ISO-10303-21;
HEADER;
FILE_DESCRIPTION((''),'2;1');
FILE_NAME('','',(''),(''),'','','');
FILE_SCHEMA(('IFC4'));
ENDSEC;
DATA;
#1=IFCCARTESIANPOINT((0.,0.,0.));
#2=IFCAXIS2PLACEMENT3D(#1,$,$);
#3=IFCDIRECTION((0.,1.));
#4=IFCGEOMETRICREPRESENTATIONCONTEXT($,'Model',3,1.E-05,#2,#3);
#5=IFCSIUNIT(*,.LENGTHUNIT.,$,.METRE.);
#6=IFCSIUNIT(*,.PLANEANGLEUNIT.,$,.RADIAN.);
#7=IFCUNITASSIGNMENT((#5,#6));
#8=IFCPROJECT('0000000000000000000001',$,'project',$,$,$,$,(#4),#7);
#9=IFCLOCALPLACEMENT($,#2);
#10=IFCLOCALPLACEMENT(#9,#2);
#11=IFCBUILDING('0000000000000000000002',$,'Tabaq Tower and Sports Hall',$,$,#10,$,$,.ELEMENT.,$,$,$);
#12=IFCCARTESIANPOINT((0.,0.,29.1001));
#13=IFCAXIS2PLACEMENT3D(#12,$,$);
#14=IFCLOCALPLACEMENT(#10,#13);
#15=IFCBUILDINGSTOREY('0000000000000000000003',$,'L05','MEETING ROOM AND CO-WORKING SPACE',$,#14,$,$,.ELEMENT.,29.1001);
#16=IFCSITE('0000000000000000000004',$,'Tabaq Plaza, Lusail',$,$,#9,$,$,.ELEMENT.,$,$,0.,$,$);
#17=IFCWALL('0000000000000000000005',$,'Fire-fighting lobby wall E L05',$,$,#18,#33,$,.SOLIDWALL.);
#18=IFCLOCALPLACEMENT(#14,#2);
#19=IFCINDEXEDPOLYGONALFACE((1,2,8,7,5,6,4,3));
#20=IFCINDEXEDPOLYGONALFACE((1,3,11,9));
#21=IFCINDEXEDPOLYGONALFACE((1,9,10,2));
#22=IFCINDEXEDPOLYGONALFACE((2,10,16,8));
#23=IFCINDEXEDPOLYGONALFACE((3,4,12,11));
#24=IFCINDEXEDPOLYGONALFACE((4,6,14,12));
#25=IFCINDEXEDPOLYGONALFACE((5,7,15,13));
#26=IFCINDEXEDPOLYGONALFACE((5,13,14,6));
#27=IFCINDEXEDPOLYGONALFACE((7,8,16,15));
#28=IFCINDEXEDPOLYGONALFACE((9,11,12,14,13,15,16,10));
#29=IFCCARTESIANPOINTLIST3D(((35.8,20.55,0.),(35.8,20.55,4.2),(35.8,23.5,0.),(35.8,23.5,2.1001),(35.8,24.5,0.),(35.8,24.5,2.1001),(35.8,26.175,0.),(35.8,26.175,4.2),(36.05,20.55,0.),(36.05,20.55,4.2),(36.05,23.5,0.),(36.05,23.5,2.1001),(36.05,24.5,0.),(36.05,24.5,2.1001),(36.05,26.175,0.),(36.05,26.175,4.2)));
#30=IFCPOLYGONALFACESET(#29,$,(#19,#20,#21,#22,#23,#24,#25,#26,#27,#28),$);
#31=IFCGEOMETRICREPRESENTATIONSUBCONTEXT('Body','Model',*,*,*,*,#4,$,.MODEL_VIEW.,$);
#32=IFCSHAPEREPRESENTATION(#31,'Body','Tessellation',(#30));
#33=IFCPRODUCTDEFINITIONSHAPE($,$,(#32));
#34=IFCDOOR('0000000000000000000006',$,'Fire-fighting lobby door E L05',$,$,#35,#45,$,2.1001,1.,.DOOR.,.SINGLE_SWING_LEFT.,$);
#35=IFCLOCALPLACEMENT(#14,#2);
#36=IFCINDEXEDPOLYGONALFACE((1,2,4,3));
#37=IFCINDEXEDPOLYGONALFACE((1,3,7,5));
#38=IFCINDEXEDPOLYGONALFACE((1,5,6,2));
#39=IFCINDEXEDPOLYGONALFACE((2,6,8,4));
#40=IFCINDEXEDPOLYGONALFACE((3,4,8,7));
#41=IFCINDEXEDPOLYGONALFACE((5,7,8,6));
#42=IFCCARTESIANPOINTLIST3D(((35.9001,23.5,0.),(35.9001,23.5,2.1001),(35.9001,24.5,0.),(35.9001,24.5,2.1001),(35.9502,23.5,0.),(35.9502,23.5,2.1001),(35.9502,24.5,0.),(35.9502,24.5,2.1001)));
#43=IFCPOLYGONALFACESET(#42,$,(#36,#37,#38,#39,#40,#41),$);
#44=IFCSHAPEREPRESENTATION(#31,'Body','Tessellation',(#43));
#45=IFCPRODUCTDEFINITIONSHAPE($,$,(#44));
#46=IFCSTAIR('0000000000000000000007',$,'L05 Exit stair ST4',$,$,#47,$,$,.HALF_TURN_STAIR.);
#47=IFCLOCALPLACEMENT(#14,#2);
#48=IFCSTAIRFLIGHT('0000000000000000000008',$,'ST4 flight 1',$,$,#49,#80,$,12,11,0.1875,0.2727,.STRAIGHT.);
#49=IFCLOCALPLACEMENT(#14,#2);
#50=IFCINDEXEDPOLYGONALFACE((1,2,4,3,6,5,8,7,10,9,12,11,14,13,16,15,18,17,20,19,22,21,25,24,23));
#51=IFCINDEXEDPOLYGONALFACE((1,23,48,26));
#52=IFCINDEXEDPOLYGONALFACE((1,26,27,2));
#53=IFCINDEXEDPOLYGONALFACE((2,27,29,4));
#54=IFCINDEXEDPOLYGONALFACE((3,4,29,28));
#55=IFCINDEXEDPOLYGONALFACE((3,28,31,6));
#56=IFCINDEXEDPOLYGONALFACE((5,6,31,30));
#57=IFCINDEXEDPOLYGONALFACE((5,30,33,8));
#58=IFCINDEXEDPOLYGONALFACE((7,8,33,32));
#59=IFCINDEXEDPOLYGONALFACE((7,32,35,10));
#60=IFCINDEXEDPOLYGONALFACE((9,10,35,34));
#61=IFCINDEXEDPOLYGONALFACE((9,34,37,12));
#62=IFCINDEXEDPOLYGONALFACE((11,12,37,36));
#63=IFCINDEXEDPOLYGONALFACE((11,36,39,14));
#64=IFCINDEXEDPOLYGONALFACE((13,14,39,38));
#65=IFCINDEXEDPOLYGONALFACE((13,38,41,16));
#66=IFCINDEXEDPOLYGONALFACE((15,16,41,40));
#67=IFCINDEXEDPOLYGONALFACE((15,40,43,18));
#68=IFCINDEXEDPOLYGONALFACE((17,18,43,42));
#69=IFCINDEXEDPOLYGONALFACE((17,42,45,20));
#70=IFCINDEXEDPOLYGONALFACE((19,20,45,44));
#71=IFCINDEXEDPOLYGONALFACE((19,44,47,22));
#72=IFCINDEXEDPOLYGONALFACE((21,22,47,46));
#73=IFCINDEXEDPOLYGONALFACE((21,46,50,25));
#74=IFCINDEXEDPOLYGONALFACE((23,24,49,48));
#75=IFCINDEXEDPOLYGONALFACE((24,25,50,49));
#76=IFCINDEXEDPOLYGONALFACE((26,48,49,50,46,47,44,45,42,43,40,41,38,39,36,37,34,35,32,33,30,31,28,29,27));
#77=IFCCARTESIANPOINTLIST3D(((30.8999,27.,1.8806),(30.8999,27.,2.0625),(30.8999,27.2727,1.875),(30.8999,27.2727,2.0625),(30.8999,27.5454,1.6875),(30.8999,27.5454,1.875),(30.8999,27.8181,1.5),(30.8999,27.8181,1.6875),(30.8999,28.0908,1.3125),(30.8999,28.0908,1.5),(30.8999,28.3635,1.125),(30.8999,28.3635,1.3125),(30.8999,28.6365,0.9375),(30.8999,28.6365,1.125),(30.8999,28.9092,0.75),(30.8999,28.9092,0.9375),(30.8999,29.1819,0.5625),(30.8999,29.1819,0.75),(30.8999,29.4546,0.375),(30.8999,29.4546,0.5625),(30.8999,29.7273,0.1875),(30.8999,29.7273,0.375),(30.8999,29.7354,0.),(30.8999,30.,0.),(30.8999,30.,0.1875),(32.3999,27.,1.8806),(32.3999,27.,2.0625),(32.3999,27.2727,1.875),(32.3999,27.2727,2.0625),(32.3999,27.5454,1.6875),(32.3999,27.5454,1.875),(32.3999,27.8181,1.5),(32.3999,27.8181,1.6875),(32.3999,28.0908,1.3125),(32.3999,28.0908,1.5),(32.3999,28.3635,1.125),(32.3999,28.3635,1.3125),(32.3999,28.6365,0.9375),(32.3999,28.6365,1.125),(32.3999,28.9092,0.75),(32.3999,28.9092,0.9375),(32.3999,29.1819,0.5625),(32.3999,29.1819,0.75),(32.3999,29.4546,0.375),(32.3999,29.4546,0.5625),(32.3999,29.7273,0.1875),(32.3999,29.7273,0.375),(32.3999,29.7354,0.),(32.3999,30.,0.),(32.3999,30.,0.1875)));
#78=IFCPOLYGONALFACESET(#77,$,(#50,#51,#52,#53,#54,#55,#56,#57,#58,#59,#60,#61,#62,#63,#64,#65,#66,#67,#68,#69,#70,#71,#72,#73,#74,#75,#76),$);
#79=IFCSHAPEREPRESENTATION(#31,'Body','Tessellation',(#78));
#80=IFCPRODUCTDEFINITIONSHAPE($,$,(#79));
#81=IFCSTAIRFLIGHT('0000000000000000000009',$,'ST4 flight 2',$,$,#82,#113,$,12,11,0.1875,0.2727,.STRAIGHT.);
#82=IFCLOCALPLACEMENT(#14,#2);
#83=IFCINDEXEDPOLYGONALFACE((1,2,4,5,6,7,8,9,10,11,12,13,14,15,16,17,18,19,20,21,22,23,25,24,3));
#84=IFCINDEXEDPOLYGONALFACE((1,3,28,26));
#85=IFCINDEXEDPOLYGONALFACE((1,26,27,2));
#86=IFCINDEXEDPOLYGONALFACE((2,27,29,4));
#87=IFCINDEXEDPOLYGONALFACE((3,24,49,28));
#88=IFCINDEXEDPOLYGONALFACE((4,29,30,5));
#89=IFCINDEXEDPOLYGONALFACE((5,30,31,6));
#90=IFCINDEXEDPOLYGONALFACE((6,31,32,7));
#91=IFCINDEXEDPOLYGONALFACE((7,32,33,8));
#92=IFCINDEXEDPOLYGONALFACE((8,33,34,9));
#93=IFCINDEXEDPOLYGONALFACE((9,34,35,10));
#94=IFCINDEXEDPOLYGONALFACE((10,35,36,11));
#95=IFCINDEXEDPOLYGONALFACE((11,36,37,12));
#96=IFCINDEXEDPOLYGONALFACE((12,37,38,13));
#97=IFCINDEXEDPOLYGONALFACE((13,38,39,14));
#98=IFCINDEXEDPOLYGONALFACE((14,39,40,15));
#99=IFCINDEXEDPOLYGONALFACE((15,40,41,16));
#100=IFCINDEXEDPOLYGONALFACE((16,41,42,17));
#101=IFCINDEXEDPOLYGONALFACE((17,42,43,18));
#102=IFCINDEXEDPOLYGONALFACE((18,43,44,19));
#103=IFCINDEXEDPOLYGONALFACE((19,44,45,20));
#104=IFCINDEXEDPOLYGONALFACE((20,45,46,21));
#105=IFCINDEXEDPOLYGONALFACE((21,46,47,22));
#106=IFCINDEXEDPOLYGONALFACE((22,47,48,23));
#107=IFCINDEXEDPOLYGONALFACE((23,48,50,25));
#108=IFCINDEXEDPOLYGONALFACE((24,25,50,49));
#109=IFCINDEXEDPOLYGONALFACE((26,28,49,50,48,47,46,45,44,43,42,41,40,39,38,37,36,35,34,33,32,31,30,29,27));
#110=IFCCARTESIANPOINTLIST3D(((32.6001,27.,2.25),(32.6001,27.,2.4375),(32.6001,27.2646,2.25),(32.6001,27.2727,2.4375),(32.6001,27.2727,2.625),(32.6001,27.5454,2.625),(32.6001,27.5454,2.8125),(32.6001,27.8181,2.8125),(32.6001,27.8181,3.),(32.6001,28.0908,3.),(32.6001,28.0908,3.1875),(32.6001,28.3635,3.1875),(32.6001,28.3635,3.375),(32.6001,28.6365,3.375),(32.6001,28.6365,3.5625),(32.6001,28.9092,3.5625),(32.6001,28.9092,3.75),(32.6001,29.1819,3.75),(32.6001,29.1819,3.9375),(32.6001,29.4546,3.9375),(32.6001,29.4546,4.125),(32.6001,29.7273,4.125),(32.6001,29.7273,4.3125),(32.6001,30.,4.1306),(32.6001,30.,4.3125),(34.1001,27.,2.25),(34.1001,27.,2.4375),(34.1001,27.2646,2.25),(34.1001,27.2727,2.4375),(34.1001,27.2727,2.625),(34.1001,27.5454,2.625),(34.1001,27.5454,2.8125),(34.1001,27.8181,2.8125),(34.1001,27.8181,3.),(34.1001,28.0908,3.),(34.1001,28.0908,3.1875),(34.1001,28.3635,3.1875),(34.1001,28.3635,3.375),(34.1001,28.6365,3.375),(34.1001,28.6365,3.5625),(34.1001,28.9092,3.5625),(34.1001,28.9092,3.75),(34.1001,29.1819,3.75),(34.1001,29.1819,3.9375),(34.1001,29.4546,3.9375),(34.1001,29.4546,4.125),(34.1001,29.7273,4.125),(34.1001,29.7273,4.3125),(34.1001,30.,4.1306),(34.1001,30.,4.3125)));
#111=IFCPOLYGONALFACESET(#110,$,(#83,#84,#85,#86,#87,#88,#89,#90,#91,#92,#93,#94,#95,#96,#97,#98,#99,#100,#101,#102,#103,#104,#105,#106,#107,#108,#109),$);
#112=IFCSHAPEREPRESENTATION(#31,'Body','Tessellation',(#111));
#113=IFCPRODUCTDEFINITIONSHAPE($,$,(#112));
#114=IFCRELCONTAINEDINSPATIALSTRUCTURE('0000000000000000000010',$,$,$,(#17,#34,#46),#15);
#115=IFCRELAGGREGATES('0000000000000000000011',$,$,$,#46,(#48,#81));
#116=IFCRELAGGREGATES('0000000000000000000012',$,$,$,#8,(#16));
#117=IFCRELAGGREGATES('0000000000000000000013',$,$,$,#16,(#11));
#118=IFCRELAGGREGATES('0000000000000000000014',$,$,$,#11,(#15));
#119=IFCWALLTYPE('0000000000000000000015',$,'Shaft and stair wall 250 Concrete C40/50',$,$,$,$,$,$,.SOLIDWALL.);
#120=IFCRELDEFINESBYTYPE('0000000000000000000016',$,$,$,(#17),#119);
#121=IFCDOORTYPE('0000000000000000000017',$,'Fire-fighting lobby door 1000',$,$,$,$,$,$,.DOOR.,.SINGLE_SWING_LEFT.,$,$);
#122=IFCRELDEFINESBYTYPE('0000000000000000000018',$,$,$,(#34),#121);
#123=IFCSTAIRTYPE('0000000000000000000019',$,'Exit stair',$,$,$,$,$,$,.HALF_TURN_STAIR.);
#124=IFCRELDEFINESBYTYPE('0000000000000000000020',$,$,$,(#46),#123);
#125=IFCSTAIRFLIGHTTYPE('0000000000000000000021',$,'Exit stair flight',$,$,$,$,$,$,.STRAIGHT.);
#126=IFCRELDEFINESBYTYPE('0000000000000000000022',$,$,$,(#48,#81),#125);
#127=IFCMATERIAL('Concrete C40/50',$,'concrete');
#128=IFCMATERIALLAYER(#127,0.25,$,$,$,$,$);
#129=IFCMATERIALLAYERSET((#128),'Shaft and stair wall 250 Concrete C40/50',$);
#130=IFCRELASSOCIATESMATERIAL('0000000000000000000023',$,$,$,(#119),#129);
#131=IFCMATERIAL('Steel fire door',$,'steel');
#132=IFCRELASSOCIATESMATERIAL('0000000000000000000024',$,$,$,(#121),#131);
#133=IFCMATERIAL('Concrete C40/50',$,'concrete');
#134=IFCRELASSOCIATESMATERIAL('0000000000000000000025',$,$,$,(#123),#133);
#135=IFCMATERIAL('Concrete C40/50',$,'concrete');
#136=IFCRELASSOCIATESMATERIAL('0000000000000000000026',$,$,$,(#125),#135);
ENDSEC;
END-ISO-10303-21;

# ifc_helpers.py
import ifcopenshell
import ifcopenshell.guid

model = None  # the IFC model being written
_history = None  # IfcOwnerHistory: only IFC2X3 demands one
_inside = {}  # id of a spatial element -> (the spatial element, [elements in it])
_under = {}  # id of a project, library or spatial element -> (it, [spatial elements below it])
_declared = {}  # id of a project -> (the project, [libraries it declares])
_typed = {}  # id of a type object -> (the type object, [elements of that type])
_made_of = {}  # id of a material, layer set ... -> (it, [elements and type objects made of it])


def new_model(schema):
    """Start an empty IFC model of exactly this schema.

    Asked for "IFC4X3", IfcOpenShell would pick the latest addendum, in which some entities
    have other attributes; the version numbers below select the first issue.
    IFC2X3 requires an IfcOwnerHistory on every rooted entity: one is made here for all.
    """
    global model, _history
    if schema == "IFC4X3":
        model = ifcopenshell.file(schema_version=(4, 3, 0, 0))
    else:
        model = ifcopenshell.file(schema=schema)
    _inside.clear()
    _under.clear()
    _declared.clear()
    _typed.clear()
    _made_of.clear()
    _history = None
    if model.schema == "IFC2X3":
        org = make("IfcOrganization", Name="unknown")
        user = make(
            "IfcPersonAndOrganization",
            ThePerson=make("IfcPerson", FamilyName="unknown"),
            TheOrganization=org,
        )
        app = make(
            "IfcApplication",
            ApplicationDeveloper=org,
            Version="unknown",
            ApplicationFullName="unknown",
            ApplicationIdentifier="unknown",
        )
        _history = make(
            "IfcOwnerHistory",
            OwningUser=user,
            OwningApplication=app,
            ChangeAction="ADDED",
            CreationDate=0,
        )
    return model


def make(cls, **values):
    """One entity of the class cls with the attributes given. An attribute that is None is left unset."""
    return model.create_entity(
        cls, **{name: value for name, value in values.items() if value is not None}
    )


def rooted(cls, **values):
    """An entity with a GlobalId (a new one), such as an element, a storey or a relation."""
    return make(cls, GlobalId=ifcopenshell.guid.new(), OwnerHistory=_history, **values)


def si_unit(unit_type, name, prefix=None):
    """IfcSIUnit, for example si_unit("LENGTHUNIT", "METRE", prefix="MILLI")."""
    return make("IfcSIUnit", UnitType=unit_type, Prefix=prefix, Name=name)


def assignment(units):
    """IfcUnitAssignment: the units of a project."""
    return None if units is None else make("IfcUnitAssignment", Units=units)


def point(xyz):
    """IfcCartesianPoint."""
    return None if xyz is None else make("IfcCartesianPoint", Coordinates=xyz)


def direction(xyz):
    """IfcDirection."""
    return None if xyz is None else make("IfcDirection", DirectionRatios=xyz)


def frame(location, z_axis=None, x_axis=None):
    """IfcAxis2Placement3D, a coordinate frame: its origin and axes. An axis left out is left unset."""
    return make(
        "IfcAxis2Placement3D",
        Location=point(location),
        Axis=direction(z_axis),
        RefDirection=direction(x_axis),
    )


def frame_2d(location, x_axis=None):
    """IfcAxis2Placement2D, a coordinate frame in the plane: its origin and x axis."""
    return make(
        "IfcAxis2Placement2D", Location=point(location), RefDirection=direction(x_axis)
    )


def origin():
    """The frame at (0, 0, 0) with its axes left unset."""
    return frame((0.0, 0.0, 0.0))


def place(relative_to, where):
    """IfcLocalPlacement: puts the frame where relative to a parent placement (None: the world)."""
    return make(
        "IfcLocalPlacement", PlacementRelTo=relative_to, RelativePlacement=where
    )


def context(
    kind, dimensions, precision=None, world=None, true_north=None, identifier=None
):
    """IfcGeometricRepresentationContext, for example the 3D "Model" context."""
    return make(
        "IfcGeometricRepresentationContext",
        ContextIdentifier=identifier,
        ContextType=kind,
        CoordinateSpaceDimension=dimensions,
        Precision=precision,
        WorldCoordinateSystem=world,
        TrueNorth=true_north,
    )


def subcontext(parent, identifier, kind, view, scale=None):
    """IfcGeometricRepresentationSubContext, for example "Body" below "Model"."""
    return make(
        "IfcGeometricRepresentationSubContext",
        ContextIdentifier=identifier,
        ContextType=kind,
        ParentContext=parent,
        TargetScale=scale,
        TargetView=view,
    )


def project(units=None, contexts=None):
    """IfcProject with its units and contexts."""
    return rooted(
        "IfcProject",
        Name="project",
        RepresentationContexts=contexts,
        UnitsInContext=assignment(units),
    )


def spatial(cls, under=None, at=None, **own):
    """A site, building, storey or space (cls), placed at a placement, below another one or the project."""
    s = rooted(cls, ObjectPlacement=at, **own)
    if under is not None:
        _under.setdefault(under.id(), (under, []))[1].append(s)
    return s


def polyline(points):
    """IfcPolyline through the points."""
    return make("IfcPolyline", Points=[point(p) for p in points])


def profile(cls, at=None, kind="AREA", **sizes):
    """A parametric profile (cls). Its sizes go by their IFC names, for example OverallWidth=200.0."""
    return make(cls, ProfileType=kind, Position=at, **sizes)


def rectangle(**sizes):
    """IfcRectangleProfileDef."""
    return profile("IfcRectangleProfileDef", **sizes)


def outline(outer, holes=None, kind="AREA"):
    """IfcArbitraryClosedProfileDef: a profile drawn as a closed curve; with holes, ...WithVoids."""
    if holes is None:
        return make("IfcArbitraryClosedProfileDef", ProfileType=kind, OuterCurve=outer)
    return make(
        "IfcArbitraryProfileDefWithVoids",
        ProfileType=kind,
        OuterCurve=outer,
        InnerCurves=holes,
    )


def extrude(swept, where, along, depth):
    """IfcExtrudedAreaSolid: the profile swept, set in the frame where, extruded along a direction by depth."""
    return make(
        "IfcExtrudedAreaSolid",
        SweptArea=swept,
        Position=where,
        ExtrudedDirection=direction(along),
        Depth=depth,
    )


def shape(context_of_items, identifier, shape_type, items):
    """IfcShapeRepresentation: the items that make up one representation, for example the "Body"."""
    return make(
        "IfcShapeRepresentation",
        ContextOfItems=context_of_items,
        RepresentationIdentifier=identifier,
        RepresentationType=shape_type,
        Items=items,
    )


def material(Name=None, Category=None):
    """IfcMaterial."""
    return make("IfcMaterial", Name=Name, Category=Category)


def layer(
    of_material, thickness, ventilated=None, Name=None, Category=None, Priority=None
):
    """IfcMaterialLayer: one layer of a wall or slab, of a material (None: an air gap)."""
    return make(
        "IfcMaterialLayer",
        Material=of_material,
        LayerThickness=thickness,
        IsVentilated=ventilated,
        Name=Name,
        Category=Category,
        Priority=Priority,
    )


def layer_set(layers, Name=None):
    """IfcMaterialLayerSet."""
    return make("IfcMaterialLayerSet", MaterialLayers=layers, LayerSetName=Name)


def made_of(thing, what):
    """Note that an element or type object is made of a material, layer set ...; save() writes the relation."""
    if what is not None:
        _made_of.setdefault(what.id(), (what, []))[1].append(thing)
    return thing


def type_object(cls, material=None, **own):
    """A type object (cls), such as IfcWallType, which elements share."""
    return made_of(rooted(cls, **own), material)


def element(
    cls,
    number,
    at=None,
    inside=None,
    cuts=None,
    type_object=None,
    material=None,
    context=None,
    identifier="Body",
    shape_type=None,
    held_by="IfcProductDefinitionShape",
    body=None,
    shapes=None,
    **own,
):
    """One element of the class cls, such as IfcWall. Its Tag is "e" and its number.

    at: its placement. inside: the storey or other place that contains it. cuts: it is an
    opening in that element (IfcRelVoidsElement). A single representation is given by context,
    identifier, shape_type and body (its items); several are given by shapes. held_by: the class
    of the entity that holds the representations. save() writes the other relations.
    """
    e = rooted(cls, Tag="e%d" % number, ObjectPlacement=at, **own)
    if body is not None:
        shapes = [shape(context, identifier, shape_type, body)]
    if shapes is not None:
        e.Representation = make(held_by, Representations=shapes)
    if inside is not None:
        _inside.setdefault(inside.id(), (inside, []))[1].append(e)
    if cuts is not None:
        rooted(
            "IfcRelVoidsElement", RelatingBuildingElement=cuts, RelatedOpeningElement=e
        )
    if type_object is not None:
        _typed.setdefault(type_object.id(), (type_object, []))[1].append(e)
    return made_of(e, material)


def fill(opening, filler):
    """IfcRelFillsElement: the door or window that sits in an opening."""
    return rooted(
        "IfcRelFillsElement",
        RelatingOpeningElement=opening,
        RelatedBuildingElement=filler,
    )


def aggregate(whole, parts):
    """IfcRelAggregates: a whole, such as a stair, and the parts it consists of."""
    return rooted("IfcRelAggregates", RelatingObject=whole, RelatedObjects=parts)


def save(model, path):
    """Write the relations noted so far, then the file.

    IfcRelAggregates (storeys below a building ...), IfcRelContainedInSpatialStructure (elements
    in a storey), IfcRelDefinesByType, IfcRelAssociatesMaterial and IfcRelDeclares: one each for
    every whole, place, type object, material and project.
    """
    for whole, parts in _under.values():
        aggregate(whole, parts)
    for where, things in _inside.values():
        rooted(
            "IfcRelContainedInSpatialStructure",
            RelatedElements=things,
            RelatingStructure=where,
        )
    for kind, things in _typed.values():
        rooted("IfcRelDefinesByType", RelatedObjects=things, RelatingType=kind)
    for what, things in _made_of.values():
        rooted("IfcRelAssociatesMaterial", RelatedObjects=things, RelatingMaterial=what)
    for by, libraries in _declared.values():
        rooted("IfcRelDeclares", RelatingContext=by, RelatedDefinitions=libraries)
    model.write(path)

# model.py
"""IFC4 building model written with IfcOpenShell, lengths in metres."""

from ifc_helpers import new_model, si_unit, direction, frame, frame_2d, origin, place, context, subcontext, project, spatial, polyline, rectangle, outline, extrude, material, layer, layer_set, type_object, element, fill, aggregate, save


model = new_model("IFC4")

# Units and contexts
model_context = context("Model", 3, precision=1e-05, world=origin(), true_north=direction((0.0, 1.0)))
body_context = subcontext(model_context, "Body", "Model", "MODEL_VIEW")
ifc_project = project(units=[si_unit("LENGTHUNIT", "METRE"), si_unit("PLANEANGLEUNIT", "RADIAN")], contexts=[model_context])

# Site, building, storey
site_placement = place(None, origin())
site = spatial("IfcSite", under=ifc_project, at=site_placement, Name="Tabaq Plaza, Lusail", CompositionType="ELEMENT", RefElevation=0.0)
building_placement = place(site_placement, origin())
building = spatial("IfcBuilding", under=site, at=building_placement, Name="Tabaq Tower and Sports Hall", CompositionType="ELEMENT")
storey_placement = place(building_placement, frame((0.0, 0.0, 29.1001)))
storey = spatial("IfcBuildingStorey", under=building, at=storey_placement, Name="L05", Description="MEETING ROOM AND CO-WORKING SPACE", CompositionType="ELEMENT", Elevation=29.1001)

# Shared definitions
ifc_material_1 = material(Name="Concrete C40/50", Category="concrete")
ifc_layer_1 = layer(ifc_material_1, 0.25)
ifc_layer_set_1 = layer_set([ifc_layer_1], Name="Shaft and stair wall 250 Concrete C40/50")
wall_type_1 = type_object("IfcWallType", Name="Shaft and stair wall 250 Concrete C40/50", PredefinedType="SOLIDWALL", material=ifc_layer_set_1)

# Shared definitions
ifc_material_2 = material(Name="Steel fire door", Category="steel")
door_type_1 = type_object("IfcDoorType", Name="Fire-fighting lobby door 1000", OperationType="SINGLE_SWING_LEFT", PredefinedType="DOOR", material=ifc_material_2)

# Wall, opening, door
wall_1_placement = place(storey_placement, frame((35.925, 20.55, 0.0), z_axis=(0.0, 0.0, 1.0), x_axis=(0.0, 1.0, 0.0)))
wall_1 = element("IfcWall", 1, at=wall_1_placement, inside=storey, type_object=wall_type_1, Name="Fire-fighting lobby wall E L05", PredefinedType="SOLIDWALL", context=body_context, shape_type="SweptSolid", body=[
    extrude(rectangle(XDim=5.625, YDim=0.25, at=frame_2d((2.8125, 0.0))), origin(), (0.0, 0.0, 1.0), 4.2),
])
opening_1_placement = place(wall_1_placement, frame((2.95, 0.0, 0.0)))
opening_1 = element("IfcOpeningElement", 2, at=opening_1_placement, cuts=wall_1, PredefinedType="OPENING", context=body_context, shape_type="SweptSolid", body=[
    extrude(rectangle(XDim=1.0, YDim=2.1001, at=frame_2d((0.5, 1.05))), frame((0.0, 0.125, 0.0), z_axis=(0.0, -1.0, 0.0), x_axis=(1.0, 0.0, 0.0)), (0.0, 0.0, 1.0), 0.25),
])
door_1_placement = place(opening_1_placement, origin())
door_1 = element("IfcDoor", 3, at=door_1_placement, inside=storey, type_object=door_type_1, Name="Fire-fighting lobby door E L05", OperationType="SINGLE_SWING_LEFT", OverallHeight=2.1001, OverallWidth=1.0, PredefinedType="DOOR", context=body_context, shape_type="SweptSolid", body=[
    extrude(rectangle(XDim=1.0, YDim=2.1001, at=frame_2d((0.5, 1.05))), frame((0.0, 0.0249, 0.0), z_axis=(0.0, -1.0, 0.0), x_axis=(1.0, 0.0, 0.0)), (0.0, 0.0, 1.0), 0.05),
])
fill(opening_1, door_1)

# Stair, stair flights
ifc_material_3 = material(Name="Concrete C40/50", Category="concrete")
stair_type = type_object("IfcStairType", Name="Exit stair", PredefinedType="HALF_TURN_STAIR", material=ifc_material_3)
stair_placement = place(storey_placement, origin())
stair = element("IfcStair", 4, at=stair_placement, inside=storey, type_object=stair_type, Name="L05 Exit stair ST4", PredefinedType="HALF_TURN_STAIR")
ifc_material_4 = material(Name="Concrete C40/50", Category="concrete")
stair_flight_type = type_object("IfcStairFlightType", Name="Exit stair flight", PredefinedType="STRAIGHT", material=ifc_material_4)
stair_flight_1_placement = place(storey_placement, frame((31.6499, 30.0, 0.0), z_axis=(0.0, 0.0, 1.0), x_axis=(0.0, -1.0, 0.0)))
stair_flight_1 = element("IfcStairFlight", 5, at=stair_flight_1_placement, type_object=stair_flight_type, Name="ST4 flight 1", NumberOfRisers=12, NumberOfTreads=11, PredefinedType="STRAIGHT", RiserHeight=0.1875, TreadLength=0.2727, context=body_context, shape_type="SweptSolid", body=[
    extrude(outline(polyline([(0.0, 0.0), (0.0, 0.1875), (0.2727, 0.1875), (0.2727, 0.375), (0.5454, 0.375), (0.5454, 0.5625), (0.8181, 0.5625), (0.8181, 0.75), (1.0908, 0.75), (1.0908, 0.9375), (1.3635, 0.9375), (1.3635, 1.125), (1.6365, 1.125), (1.6365, 1.3125), (1.9092, 1.3125), (1.9092, 1.5), (2.1819, 1.5), (2.1819, 1.6875), (2.4546, 1.6875), (2.4546, 1.875), (2.7273, 1.875), (2.7273, 2.0625), (3.0, 2.0625), (3.0, 2.25), (3.0, 1.8806), (0.2646, 0.0), (0.0, 0.0)])), frame((0.0, 0.75, 0.0), z_axis=(0.0, -1.0, 0.0), x_axis=(1.0, 0.0, 0.0)), (0.0, 0.0, 1.0), 1.5),
])
stair_flight_2_placement = place(storey_placement, frame((33.3501, 27.0, 2.25), z_axis=(0.0, 0.0, 1.0), x_axis=(0.0, 1.0, 0.0)))
stair_flight_2 = element("IfcStairFlight", 6, at=stair_flight_2_placement, type_object=stair_flight_type, Name="ST4 flight 2", NumberOfRisers=12, NumberOfTreads=11, PredefinedType="STRAIGHT", RiserHeight=0.1875, TreadLength=0.2727, context=body_context, shape_type="SweptSolid", body=[
    extrude(outline(polyline([(0.0, 0.0), (0.0, 0.1875), (0.2727, 0.1875), (0.2727, 0.375), (0.5454, 0.375), (0.5454, 0.5625), (0.8181, 0.5625), (0.8181, 0.75), (1.0908, 0.75), (1.0908, 0.9375), (1.3635, 0.9375), (1.3635, 1.125), (1.6365, 1.125), (1.6365, 1.3125), (1.9092, 1.3125), (1.9092, 1.5), (2.1819, 1.5), (2.1819, 1.6875), (2.4546, 1.6875), (2.4546, 1.875), (2.7273, 1.875), (2.7273, 2.0625), (3.0, 2.0625), (3.0, 2.25), (3.0, 1.8806), (0.2646, 0.0), (0.0, 0.0)])), frame((0.0, 0.75, 0.0), z_axis=(0.0, -1.0, 0.0), x_axis=(1.0, 0.0, 0.0)), (0.0, 0.0, 1.0), 1.5),
])
aggregate(stair, [stair_flight_1, stair_flight_2])

save(model, "model.ifc")
